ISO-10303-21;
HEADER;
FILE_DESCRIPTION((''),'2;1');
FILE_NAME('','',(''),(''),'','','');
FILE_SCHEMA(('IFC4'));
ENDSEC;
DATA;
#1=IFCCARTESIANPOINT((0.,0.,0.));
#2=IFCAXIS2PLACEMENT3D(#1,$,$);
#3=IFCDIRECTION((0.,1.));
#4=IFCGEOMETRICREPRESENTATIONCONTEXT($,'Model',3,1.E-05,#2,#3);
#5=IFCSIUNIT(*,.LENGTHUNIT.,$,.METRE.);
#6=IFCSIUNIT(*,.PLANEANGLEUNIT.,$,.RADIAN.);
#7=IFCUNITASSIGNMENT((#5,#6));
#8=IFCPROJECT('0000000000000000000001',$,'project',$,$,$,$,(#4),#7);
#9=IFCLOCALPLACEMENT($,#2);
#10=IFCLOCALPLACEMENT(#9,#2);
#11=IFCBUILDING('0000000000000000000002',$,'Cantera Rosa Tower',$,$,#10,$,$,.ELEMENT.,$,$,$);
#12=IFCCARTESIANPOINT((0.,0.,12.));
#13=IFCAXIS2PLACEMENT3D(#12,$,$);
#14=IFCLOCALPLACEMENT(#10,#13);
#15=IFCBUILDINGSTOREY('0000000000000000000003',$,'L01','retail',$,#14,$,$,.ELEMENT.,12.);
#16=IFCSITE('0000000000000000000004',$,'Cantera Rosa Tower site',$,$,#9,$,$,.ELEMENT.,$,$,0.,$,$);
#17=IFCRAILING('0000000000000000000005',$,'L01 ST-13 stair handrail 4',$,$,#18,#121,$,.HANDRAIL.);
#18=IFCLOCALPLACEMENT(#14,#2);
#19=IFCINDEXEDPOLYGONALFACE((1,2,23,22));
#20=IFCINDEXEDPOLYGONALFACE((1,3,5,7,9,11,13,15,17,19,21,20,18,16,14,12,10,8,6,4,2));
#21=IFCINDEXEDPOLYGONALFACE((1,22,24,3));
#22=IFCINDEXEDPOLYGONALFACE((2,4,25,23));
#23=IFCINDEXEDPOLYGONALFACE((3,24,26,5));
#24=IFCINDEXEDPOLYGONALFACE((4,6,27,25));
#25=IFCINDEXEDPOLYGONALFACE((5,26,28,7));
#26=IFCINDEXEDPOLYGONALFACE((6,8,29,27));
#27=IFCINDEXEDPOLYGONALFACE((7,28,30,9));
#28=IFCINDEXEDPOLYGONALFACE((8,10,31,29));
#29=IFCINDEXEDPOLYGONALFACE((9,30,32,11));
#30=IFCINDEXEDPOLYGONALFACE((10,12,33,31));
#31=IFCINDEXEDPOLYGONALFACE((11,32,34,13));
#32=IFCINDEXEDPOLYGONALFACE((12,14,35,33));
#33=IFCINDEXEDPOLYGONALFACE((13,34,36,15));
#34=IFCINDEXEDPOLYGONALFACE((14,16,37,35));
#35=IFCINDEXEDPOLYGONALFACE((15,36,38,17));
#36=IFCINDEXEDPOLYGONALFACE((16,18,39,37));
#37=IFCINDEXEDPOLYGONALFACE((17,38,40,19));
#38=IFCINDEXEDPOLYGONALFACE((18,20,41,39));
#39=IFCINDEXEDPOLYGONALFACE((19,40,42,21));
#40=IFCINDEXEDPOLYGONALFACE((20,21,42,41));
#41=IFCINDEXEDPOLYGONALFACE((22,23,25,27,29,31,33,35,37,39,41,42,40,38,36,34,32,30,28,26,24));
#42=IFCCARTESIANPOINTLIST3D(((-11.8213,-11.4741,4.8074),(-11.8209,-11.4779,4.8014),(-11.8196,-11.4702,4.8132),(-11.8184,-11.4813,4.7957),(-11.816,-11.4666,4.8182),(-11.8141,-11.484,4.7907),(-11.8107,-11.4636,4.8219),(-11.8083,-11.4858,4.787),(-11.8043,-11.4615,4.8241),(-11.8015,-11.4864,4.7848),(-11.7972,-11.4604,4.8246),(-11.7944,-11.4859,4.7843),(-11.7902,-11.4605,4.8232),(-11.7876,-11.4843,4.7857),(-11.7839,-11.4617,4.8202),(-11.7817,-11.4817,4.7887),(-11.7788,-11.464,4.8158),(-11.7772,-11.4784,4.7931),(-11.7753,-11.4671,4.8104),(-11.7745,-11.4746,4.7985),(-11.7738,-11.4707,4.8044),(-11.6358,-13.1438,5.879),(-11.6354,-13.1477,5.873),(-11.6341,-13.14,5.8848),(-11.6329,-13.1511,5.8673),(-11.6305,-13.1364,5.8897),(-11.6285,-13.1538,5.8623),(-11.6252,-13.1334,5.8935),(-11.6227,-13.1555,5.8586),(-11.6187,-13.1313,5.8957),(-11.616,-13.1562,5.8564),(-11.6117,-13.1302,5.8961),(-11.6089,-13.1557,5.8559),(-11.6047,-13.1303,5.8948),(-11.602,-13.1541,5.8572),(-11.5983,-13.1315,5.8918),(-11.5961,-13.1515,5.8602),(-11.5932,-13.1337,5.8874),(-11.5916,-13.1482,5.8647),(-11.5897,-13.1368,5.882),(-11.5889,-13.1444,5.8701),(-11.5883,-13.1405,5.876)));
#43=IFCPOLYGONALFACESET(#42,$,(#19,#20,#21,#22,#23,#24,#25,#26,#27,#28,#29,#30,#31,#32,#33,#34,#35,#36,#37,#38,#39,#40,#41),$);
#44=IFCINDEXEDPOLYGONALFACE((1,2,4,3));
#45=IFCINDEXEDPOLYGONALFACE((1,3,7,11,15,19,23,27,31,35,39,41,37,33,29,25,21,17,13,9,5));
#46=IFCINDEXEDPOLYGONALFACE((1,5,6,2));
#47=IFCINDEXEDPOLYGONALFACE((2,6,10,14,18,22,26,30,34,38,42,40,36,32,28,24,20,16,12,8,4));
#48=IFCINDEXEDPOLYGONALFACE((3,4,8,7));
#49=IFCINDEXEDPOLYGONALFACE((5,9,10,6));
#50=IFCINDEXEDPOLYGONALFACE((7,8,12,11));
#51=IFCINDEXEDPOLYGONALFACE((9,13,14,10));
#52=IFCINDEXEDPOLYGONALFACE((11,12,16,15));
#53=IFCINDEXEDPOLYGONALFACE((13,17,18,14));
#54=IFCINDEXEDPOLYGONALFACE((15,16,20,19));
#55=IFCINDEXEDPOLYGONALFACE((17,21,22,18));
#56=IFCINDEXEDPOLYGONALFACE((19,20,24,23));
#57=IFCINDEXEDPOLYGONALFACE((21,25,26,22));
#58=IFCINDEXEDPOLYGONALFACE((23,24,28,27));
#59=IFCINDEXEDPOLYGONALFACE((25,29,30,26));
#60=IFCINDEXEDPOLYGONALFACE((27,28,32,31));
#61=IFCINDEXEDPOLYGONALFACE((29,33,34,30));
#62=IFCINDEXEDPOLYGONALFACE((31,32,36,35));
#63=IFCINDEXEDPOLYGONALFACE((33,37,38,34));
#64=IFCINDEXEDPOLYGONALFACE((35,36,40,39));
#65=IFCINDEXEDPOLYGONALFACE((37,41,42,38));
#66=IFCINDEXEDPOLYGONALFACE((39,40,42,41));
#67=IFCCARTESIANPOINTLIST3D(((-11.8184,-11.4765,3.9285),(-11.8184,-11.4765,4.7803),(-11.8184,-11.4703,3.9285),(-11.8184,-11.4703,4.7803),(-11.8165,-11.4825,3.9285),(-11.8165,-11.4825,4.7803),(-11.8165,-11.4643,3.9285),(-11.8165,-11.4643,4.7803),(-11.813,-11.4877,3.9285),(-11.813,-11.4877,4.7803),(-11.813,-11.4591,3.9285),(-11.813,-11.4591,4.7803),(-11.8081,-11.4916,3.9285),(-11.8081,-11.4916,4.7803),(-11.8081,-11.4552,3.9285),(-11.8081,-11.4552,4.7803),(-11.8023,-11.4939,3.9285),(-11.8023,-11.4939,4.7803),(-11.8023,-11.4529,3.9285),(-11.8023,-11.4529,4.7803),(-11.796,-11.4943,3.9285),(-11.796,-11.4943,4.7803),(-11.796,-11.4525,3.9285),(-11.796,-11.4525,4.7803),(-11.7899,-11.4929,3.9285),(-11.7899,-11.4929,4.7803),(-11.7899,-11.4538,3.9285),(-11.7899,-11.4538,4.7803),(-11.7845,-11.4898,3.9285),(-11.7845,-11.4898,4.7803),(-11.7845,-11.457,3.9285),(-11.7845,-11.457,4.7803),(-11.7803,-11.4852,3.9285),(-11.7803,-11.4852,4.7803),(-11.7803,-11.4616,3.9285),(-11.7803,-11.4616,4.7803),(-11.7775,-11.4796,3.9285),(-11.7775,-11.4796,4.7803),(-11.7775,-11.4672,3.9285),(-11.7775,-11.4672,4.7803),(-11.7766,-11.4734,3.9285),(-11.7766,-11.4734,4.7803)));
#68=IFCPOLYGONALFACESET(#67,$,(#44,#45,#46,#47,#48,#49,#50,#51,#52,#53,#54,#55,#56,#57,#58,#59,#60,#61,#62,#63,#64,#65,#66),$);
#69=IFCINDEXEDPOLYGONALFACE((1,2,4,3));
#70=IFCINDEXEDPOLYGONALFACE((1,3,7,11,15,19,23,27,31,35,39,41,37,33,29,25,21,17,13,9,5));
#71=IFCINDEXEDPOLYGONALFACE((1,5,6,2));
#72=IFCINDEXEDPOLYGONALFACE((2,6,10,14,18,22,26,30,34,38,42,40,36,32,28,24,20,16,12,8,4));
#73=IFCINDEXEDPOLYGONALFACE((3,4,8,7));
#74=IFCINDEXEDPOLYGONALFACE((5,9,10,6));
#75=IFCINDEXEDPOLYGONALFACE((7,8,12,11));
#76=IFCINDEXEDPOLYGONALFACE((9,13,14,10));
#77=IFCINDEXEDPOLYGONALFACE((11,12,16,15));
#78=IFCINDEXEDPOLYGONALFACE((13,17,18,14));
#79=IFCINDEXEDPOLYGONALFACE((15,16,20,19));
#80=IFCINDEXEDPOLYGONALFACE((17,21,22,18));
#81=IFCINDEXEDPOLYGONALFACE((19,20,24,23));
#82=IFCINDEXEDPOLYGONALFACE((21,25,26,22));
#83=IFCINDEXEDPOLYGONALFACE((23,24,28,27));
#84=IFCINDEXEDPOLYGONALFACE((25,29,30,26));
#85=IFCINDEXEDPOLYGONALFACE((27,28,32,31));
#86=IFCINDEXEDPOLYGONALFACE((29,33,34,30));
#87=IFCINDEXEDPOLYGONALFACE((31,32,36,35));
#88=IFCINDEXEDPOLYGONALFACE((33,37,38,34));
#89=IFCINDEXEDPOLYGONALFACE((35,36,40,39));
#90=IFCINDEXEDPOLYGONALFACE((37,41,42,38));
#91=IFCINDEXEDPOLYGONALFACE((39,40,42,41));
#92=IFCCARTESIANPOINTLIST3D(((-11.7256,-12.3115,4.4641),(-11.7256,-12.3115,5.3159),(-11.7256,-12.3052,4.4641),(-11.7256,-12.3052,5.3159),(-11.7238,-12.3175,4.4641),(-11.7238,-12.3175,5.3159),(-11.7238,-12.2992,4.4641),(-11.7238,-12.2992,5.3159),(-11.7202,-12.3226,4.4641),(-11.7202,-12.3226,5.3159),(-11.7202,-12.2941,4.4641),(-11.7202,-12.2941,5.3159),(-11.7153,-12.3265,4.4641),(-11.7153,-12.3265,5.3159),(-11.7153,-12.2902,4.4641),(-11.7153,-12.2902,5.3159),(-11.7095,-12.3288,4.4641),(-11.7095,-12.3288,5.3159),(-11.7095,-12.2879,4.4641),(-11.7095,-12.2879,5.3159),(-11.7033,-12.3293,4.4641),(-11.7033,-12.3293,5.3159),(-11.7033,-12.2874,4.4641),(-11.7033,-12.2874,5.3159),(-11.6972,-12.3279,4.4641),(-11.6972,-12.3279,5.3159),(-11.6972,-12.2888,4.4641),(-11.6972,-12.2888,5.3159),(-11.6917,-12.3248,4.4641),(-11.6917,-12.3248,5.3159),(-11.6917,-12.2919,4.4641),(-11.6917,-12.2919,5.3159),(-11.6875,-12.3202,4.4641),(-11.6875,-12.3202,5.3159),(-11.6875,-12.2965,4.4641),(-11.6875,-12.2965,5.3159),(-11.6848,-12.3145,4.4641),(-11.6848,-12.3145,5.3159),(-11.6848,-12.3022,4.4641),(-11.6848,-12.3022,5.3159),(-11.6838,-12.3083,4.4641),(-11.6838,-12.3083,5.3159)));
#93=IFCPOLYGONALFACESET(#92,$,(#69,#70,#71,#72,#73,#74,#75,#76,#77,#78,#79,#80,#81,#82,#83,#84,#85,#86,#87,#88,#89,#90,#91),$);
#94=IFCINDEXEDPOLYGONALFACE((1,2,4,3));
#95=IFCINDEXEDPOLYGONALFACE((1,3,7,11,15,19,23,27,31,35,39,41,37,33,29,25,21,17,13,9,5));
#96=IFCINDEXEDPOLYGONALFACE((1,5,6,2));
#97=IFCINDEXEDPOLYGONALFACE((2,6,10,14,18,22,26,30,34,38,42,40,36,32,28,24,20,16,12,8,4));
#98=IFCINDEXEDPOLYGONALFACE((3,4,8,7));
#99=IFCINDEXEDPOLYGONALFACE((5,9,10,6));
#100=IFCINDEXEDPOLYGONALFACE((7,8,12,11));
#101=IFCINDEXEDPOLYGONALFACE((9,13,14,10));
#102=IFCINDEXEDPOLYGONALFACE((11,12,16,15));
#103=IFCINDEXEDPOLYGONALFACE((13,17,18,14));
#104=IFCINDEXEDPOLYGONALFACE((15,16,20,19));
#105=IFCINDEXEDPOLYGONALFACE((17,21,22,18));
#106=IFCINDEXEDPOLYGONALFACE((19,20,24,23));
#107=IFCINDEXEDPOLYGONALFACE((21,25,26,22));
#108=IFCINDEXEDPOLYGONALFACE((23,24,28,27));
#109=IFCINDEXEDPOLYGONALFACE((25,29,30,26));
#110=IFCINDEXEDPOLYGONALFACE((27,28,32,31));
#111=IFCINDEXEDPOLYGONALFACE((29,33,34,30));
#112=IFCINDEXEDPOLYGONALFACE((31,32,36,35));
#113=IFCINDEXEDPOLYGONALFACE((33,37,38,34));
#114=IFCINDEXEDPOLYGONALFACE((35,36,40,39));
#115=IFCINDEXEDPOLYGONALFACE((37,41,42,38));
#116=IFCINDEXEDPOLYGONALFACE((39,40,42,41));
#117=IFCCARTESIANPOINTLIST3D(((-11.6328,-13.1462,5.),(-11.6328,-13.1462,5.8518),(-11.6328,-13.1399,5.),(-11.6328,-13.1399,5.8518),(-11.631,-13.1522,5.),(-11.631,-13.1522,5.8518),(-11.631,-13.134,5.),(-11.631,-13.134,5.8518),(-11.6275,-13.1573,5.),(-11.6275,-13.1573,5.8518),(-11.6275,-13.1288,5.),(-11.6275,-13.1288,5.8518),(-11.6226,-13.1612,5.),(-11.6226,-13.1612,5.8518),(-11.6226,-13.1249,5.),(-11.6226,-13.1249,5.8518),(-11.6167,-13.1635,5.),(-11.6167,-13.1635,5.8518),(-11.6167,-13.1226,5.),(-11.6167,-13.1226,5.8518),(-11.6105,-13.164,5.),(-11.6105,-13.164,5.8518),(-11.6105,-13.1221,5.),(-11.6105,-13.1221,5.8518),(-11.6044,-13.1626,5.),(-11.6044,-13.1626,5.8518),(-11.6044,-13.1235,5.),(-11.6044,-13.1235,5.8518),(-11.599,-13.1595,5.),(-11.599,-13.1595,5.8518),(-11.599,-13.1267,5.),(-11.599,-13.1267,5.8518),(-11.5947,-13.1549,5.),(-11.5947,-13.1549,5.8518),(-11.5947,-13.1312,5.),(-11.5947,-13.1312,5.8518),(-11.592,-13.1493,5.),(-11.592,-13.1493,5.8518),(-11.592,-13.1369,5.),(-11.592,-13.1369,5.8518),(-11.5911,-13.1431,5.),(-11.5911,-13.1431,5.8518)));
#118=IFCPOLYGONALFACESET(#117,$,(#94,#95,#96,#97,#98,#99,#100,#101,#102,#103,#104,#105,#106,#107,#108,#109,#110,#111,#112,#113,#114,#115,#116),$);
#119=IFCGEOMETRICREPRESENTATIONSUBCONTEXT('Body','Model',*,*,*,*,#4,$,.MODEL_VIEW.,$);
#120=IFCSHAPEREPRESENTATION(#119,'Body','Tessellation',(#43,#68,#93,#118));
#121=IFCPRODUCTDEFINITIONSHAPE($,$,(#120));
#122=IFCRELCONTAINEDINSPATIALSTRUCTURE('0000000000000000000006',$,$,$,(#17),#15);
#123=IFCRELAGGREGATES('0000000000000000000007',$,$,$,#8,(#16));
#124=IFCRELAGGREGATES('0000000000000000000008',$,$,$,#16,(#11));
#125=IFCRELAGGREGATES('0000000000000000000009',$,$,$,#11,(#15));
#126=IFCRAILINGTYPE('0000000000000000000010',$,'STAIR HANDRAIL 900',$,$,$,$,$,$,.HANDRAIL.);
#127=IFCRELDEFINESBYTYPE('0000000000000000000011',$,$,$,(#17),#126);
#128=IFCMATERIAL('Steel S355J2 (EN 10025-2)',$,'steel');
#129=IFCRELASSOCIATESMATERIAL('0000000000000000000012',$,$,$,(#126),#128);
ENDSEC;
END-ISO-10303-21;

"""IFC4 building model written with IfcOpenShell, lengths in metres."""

from ifc_helpers import new_model, si_unit, direction, frame, origin, origin_2d, place, context, subcontext, project, spatial, circle, extrude, material, type_object, element, save


model = new_model("IFC4")

# Units and contexts
model_context = context("Model", 3, precision=1e-05, world=origin(), true_north=direction((0.0, 1.0)))
body_context = subcontext(model_context, "Body", "Model", "MODEL_VIEW")
ifc_project = project(units=[si_unit("LENGTHUNIT", "METRE"), si_unit("PLANEANGLEUNIT", "RADIAN")], contexts=[model_context])

# Site, building, storey
site_placement = place(None, origin())
site = spatial("IfcSite", under=ifc_project, at=site_placement, Name="Cantera Rosa Tower site", CompositionType="ELEMENT", RefElevation=0.0)
building_placement = place(site_placement, origin())
building = spatial("IfcBuilding", under=site, at=building_placement, Name="Cantera Rosa Tower", CompositionType="ELEMENT")
storey_placement = place(building_placement, frame((0.0, 0.0, 12.0)))
storey = spatial("IfcBuildingStorey", under=building, at=storey_placement, Name="L01", Description="retail", CompositionType="ELEMENT", Elevation=12.0)

# Railing
ifc_material_1 = material(Name="Steel S355J2 (EN 10025-2)", Category="steel")
railing_type_1 = type_object("IfcRailingType", Name="STAIR HANDRAIL 900", PredefinedType="HANDRAIL", material=ifc_material_1)
railing_1_placement = place(storey_placement, frame((-11.7976, -11.4734, 3.9285)))
element("IfcRailing", 1, at=railing_1_placement, inside=storey, type_object=railing_type_1, Name="L01 ST-13 stair handrail 4", PredefinedType="HANDRAIL", context=body_context, shape_type="SweptSolid", body=[
    extrude(circle(Radius=0.0239, at=origin_2d()), frame((0.0, 0.0, 0.876), z_axis=(0.093118, -0.837941, 0.537758), x_axis=(0.993882, 0.110447, 0.0)), (0.0, 0.0, 1.0), 1.9927),
    extrude(circle(Radius=0.021, at=origin_2d()), origin(), (0.0, 0.0, 1.0), 0.8518),
    extrude(circle(Radius=0.021, at=origin_2d()), frame((0.0928, -0.835, 0.5356)), (0.0, 0.0, 1.0), 0.8518),
    extrude(circle(Radius=0.021, at=origin_2d()), frame((0.1855, -1.6697, 1.0715)), (0.0, 0.0, 1.0), 0.8518),
])

save(model, "model.ifc")
